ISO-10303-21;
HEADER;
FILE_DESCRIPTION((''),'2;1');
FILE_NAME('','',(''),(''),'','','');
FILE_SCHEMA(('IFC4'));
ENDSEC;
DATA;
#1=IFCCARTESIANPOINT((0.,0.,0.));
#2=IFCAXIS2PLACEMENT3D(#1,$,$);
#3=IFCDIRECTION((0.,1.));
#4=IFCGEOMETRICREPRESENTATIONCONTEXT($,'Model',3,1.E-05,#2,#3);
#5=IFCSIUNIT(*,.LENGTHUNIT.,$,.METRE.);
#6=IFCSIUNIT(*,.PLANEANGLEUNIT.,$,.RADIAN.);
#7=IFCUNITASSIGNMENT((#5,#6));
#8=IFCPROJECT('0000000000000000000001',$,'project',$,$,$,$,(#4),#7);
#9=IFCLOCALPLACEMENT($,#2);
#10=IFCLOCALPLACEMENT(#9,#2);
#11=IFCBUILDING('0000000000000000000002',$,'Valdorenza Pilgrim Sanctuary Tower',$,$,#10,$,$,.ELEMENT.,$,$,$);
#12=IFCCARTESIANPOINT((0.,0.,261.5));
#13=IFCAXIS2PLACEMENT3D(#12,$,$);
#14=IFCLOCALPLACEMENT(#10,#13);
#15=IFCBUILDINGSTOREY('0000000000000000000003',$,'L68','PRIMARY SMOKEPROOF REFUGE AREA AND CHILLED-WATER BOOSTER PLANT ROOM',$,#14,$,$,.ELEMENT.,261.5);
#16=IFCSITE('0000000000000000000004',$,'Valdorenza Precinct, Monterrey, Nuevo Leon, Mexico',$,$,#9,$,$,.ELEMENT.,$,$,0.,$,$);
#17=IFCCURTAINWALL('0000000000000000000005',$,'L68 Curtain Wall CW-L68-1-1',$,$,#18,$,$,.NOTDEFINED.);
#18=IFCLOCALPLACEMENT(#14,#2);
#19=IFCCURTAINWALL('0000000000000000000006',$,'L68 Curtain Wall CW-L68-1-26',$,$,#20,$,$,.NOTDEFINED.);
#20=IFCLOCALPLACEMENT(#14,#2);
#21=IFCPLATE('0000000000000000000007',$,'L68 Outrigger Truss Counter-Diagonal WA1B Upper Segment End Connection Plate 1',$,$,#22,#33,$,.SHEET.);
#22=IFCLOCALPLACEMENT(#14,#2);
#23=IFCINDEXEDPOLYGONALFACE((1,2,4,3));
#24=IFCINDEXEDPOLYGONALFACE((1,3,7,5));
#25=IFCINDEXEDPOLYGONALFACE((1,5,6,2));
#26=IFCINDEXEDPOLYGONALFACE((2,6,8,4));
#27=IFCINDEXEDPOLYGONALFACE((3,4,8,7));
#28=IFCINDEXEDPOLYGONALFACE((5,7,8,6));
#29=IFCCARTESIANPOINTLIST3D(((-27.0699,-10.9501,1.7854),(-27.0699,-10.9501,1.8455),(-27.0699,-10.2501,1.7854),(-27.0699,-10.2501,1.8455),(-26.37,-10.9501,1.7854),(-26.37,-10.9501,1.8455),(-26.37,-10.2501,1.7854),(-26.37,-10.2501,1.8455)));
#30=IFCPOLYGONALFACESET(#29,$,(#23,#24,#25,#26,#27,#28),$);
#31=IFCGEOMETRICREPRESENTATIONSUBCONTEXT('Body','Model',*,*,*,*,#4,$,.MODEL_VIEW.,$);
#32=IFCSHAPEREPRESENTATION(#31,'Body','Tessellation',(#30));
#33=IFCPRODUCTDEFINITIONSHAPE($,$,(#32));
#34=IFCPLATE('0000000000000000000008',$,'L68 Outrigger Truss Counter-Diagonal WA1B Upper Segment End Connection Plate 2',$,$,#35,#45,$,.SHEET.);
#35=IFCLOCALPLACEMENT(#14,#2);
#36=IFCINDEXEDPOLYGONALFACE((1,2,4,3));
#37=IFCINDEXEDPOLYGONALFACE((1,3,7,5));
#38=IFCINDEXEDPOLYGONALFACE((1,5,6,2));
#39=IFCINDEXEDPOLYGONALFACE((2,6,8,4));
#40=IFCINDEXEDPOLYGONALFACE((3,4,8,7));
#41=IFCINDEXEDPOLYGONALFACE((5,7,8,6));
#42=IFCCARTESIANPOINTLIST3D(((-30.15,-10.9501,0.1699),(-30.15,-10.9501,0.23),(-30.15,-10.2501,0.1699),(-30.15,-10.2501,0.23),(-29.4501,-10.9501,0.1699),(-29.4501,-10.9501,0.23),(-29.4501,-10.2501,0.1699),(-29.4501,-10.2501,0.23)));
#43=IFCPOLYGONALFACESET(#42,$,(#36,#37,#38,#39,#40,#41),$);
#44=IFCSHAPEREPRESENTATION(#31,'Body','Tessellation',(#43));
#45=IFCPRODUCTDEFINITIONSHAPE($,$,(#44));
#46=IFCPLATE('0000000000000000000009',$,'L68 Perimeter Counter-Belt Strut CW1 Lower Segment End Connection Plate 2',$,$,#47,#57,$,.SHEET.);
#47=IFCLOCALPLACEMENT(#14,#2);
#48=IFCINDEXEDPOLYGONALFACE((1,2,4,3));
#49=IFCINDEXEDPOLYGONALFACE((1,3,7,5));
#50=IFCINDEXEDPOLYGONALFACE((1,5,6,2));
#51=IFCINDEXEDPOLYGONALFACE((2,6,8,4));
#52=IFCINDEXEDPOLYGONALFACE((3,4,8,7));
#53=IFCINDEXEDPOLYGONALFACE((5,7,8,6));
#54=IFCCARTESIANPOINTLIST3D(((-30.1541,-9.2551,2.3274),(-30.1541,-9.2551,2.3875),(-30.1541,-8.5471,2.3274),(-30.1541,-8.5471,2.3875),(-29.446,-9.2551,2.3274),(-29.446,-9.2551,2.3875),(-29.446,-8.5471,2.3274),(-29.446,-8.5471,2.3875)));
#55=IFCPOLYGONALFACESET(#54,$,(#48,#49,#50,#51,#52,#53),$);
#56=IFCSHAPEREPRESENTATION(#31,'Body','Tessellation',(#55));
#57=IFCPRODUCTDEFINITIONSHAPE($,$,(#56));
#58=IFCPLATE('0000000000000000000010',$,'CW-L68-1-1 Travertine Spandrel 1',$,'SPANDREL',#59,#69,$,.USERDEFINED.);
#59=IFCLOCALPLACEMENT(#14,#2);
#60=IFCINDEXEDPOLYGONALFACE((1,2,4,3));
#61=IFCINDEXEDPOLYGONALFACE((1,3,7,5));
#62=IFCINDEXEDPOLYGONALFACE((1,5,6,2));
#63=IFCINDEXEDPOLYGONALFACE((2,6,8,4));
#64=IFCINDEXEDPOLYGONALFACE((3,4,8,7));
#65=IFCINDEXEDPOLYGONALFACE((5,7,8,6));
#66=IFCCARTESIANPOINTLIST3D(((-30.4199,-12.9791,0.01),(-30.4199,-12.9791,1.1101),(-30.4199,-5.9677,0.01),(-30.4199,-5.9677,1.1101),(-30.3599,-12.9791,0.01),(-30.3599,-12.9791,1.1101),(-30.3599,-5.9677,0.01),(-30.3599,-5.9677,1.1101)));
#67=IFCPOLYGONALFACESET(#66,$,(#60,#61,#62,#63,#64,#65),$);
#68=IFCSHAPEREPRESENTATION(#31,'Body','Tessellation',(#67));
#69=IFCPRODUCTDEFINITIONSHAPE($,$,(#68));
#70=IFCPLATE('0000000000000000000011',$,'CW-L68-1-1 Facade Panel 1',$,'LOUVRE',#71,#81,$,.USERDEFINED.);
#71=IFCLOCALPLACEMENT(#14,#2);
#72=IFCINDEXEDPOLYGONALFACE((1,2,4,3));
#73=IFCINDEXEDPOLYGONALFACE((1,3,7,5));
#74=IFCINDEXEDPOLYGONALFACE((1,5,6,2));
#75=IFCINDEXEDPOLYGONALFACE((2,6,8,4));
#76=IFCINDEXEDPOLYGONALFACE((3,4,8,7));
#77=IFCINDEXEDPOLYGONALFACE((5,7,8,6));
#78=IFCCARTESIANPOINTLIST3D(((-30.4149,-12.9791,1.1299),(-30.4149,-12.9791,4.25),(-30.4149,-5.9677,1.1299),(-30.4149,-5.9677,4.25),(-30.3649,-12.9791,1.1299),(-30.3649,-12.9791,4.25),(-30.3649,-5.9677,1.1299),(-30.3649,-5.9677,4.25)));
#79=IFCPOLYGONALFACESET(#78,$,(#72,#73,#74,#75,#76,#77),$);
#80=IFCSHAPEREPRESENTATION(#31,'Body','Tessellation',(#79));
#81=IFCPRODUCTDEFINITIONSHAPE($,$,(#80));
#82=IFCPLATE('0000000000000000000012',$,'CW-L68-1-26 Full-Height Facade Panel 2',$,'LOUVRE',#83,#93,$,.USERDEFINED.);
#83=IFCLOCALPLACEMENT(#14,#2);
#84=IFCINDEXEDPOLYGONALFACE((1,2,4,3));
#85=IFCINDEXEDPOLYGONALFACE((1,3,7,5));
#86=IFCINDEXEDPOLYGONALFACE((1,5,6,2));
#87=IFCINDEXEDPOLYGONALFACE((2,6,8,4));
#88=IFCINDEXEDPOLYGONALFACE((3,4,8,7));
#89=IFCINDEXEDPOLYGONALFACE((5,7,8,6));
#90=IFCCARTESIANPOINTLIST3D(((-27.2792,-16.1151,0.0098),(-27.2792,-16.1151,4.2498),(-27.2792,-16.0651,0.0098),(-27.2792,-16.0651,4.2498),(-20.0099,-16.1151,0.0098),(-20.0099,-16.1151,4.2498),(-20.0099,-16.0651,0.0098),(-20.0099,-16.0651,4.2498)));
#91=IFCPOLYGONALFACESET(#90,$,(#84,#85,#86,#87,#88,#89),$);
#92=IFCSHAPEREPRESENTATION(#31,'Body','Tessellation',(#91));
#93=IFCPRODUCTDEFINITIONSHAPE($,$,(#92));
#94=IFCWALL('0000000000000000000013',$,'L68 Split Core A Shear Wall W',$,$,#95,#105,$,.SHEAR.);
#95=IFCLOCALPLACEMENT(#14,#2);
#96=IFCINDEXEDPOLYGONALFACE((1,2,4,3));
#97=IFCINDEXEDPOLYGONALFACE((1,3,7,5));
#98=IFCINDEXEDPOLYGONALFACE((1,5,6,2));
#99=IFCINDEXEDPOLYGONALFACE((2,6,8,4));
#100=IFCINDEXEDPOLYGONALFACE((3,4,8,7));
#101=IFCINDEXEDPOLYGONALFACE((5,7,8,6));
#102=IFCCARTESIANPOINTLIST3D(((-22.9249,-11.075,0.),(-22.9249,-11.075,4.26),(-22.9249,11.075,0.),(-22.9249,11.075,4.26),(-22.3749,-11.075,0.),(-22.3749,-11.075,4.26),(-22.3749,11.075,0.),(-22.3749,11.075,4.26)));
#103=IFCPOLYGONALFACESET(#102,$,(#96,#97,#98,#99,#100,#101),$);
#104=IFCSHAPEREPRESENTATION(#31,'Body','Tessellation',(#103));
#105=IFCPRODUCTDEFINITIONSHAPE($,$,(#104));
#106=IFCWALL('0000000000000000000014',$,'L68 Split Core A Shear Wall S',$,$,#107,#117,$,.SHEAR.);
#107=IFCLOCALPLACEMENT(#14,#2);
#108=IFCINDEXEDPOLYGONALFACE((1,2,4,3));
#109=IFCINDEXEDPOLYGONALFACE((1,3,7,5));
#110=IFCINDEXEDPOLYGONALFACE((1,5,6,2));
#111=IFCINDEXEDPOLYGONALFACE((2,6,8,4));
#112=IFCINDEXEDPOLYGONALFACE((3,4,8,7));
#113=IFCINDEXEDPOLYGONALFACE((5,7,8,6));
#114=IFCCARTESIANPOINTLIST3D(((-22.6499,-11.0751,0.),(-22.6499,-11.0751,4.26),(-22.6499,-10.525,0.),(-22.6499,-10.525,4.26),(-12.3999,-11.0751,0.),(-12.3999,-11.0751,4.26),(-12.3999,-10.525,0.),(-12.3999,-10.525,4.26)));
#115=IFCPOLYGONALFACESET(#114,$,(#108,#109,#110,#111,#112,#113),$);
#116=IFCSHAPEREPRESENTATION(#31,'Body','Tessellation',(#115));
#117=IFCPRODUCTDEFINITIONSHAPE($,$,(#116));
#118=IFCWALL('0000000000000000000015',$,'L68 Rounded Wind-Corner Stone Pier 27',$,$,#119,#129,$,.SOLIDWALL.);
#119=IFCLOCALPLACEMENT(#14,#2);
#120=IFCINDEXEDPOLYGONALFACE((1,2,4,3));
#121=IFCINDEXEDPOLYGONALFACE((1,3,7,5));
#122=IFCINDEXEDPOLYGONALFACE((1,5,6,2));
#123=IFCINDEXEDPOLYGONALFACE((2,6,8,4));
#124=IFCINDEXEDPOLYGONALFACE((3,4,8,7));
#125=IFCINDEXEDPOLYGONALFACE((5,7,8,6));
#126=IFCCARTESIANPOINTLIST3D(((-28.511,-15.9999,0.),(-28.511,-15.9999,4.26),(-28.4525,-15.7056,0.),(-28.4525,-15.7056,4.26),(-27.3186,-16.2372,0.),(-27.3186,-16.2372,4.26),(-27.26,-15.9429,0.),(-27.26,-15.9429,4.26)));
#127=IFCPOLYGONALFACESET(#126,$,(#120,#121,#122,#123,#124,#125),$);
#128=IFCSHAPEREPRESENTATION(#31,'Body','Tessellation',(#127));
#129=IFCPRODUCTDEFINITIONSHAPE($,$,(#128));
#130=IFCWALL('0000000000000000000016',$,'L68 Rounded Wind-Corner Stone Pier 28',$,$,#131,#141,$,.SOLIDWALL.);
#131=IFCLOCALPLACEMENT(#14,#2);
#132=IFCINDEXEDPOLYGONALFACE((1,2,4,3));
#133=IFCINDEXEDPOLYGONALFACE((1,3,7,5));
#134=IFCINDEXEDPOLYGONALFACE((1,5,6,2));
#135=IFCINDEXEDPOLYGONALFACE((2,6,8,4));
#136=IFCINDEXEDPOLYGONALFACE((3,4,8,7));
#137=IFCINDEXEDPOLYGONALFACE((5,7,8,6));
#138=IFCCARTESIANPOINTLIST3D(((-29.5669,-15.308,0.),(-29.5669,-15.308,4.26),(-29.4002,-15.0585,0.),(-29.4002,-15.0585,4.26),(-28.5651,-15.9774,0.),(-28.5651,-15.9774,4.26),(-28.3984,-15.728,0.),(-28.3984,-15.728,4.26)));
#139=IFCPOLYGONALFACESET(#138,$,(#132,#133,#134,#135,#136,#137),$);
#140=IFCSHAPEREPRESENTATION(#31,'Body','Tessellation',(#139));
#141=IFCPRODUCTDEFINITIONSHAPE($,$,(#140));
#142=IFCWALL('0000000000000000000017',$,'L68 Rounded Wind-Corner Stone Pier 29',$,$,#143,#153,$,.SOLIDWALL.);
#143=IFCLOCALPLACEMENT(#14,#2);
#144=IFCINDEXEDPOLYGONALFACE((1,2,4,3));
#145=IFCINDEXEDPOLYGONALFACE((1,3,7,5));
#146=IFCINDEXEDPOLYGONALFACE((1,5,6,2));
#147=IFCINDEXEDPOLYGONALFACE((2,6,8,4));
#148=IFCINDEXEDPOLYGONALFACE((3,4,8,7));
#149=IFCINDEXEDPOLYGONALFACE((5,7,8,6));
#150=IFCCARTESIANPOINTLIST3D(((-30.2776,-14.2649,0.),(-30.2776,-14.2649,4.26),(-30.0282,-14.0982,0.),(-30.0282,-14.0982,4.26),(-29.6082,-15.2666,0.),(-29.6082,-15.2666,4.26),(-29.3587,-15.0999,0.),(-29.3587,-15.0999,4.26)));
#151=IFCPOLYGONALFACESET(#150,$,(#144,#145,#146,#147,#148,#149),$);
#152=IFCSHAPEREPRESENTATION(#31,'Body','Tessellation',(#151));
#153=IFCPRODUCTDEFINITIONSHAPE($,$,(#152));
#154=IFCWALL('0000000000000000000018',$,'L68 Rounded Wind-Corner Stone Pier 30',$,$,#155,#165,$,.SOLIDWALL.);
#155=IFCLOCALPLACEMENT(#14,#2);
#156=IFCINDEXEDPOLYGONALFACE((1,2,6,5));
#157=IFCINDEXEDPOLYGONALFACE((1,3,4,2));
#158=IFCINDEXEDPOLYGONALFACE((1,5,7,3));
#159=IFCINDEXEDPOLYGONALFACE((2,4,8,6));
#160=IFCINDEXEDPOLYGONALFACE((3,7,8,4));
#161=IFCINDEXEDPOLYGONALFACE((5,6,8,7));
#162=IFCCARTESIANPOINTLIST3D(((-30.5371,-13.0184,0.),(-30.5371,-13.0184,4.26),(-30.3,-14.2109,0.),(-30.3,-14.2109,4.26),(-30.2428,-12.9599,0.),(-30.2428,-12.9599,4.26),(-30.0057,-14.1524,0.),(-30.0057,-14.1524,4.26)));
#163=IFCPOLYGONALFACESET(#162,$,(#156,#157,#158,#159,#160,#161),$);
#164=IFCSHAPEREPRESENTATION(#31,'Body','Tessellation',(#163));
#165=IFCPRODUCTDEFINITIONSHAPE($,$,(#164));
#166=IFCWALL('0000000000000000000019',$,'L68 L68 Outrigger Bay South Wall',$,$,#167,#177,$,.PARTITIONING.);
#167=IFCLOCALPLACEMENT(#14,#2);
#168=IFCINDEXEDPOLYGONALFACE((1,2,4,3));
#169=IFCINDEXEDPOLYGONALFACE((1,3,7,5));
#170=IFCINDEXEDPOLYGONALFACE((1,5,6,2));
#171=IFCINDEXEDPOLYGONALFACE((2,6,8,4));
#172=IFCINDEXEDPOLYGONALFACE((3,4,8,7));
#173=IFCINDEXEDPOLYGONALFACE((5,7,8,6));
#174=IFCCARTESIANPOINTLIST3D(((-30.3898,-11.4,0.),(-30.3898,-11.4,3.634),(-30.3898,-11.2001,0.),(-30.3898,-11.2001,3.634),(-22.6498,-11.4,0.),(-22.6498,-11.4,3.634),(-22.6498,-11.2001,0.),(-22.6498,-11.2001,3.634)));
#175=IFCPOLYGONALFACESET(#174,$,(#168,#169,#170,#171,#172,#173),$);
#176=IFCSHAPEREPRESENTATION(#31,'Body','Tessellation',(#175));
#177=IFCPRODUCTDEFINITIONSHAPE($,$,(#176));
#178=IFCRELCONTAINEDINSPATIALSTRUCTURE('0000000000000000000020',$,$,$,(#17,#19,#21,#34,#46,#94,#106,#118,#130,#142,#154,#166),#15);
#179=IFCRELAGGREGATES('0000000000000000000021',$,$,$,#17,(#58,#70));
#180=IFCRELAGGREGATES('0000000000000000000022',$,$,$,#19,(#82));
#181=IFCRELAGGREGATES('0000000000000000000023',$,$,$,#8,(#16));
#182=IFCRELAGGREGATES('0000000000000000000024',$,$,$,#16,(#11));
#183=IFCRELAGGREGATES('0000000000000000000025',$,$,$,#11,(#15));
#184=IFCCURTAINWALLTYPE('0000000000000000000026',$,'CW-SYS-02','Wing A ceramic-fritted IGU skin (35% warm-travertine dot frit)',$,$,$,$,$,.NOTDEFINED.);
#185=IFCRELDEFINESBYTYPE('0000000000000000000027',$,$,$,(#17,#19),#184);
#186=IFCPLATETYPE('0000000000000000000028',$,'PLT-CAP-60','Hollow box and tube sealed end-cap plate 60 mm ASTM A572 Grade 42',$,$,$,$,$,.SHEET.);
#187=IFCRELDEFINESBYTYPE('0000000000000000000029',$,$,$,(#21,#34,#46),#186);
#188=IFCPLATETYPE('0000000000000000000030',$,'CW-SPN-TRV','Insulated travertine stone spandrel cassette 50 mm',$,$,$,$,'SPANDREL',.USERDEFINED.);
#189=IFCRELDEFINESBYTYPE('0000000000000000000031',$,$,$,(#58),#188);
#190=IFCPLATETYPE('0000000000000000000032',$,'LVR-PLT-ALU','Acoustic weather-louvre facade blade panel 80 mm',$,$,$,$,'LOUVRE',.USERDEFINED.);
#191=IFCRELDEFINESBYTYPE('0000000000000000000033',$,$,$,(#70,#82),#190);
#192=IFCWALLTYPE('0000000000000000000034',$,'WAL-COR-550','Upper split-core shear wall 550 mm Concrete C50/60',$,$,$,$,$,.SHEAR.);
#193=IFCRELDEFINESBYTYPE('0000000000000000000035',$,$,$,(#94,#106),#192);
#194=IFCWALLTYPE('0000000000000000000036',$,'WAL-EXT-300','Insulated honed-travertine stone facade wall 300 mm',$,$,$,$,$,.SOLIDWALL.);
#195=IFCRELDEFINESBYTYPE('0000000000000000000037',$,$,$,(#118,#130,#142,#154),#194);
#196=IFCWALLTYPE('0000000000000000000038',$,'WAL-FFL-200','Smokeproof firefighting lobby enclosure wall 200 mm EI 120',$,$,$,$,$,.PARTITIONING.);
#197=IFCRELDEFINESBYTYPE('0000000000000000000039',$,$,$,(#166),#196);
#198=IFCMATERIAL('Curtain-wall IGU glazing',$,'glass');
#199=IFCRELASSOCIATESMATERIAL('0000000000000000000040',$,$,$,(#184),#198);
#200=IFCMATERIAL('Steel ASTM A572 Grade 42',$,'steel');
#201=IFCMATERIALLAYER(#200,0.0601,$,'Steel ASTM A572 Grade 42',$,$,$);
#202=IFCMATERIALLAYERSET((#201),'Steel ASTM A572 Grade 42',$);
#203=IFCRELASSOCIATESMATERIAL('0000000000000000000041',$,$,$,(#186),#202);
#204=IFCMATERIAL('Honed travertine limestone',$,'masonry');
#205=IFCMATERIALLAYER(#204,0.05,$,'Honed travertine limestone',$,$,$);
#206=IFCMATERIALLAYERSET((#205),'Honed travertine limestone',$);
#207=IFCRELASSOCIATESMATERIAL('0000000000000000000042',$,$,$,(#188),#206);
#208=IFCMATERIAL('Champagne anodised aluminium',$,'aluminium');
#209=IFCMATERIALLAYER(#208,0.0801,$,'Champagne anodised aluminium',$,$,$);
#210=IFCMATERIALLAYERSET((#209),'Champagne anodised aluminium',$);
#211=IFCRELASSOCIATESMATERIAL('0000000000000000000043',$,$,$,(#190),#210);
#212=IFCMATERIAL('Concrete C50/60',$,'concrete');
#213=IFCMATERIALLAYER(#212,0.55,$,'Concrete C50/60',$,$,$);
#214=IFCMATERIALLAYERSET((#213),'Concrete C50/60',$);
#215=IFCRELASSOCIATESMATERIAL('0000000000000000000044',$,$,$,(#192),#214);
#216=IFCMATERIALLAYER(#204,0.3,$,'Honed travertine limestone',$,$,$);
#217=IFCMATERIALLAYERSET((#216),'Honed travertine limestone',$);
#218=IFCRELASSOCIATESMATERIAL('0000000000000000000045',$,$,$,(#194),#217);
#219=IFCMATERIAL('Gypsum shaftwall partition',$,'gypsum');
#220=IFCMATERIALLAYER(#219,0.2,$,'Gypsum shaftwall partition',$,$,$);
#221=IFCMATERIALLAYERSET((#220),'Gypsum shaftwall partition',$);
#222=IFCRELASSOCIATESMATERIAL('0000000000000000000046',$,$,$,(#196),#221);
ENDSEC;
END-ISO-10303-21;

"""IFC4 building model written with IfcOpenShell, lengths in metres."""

from ifc_helpers import new_model, si_unit, direction, frame, frame_2d, origin, origin_2d, place, context, subcontext, project, spatial, rectangle, extrude, source, transform, mapped, material, layer, layer_set, type_object, element, aggregate, save


model = new_model("IFC4")

# Units and contexts
model_context = context("Model", 3, precision=1e-05, world=origin(), true_north=direction((0.0, 1.0)))
body_context = subcontext(model_context, "Body", "Model", "MODEL_VIEW")
ifc_project = project(units=[si_unit("LENGTHUNIT", "METRE"), si_unit("PLANEANGLEUNIT", "RADIAN")], contexts=[model_context])

# Site, building, storey
site_placement = place(None, origin())
site = spatial("IfcSite", under=ifc_project, at=site_placement, Name="Valdorenza Precinct, Monterrey, Nuevo Leon, Mexico", CompositionType="ELEMENT", RefElevation=0.0)
building_placement = place(site_placement, origin())
building = spatial("IfcBuilding", under=site, at=building_placement, Name="Valdorenza Pilgrim Sanctuary Tower", CompositionType="ELEMENT")
storey_placement = place(building_placement, frame((0.0, 0.0, 261.5)))
storey = spatial("IfcBuildingStorey", under=building, at=storey_placement, Name="L68", Description="PRIMARY SMOKEPROOF REFUGE AREA AND CHILLED-WATER BOOSTER PLANT ROOM", CompositionType="ELEMENT", Elevation=261.5)

# Shared definitions
ifc_material_1 = material(Name="Concrete C50/60", Category="concrete")

# Shared definitions
ifc_material_2 = material(Name="Steel ASTM A572 Grade 42", Category="steel")

# Curtain walls
ifc_material_3 = material(Name="Curtain-wall IGU glazing", Category="glass")
curtain_wall_type = type_object("IfcCurtainWallType", Name="CW-SYS-02", Description="Wing A ceramic-fritted IGU skin (35% warm-travertine dot frit)", PredefinedType="NOTDEFINED", material=ifc_material_3)
curtain_wall_1_placement = place(storey_placement, origin())
curtain_wall_1 = element("IfcCurtainWall", 1, at=curtain_wall_1_placement, inside=storey, type_object=curtain_wall_type, Name="L68 Curtain Wall CW-L68-1-1", PredefinedType="NOTDEFINED")
curtain_wall_2_placement = place(storey_placement, origin())
curtain_wall_2 = element("IfcCurtainWall", 2, at=curtain_wall_2_placement, inside=storey, type_object=curtain_wall_type, Name="L68 Curtain Wall CW-L68-1-26", PredefinedType="NOTDEFINED")

# Plates
ifc_layer_1 = layer(ifc_material_2, 0.0601, Name="Steel ASTM A572 Grade 42")
ifc_layer_set_1 = layer_set([ifc_layer_1], Name="Steel ASTM A572 Grade 42")
plate_type_1 = type_object("IfcPlateType", Name="PLT-CAP-60", Description="Hollow box and tube sealed end-cap plate 60 mm ASTM A572 Grade 42", PredefinedType="SHEET", material=ifc_layer_set_1)
shared_shape_1 = source(origin(), body_context, "Body", "SweptSolid", [
    extrude(rectangle(XDim=0.7, YDim=0.7, at=origin_2d()), origin(), (0.0, 0.0, 1.0), 0.0601),
])
for number, where, z_axis, x_axis, name in (
    (3, (-26.72, -10.6001, 1.7854), (0.0, 0.0, 1.0), (1.0, 0.0, 0.0), "L68 Outrigger Truss Counter-Diagonal WA1B Upper Segment End Connection Plate 1"),
    (4, (-29.8, -10.6001, 0.1699), (0.0, 0.0, 1.0), (1.0, 0.0, 0.0), "L68 Outrigger Truss Counter-Diagonal WA1B Upper Segment End Connection Plate 2"),
):
    element("IfcPlate", number, at=place(storey_placement, frame(where, z_axis=z_axis, x_axis=x_axis)), inside=storey, type_object=plate_type_1, Name=name, PredefinedType="SHEET", context=body_context, shape_type="MappedRepresentation", body=[
        mapped(shared_shape_1, transform((0.0, 0.0, 0.0), x_axis=(1.0, 0.0, 0.0), y_axis=(0.0, 1.0, 0.0), z_axis=(0.0, 0.0, 1.0), scale=1.0)),
    ])
shared_shape_2 = source(origin(), body_context, "Body", "SweptSolid", [
    extrude(rectangle(XDim=0.708, YDim=0.708, at=origin_2d()), origin(), (0.0, 0.0, 1.0), 0.0601),
])
plate_1_placement = place(storey_placement, frame((-29.8, -8.9011, 2.3274), z_axis=(0.0, 0.0, 1.0), x_axis=(1.0, 0.0, 0.0)))
element("IfcPlate", 5, at=plate_1_placement, inside=storey, type_object=plate_type_1, Name="L68 Perimeter Counter-Belt Strut CW1 Lower Segment End Connection Plate 2", PredefinedType="SHEET", context=body_context, shape_type="MappedRepresentation", body=[
    mapped(shared_shape_2, transform((0.0, 0.0, 0.0), x_axis=(1.0, 0.0, 0.0), y_axis=(0.0, 1.0, 0.0), z_axis=(0.0, 0.0, 1.0), scale=1.0)),
])

# Plates
ifc_material_4 = material(Name="Honed travertine limestone", Category="masonry")
ifc_layer_2 = layer(ifc_material_4, 0.05, Name="Honed travertine limestone")
ifc_layer_set_2 = layer_set([ifc_layer_2], Name="Honed travertine limestone")
plate_type_2 = type_object("IfcPlateType", Name="CW-SPN-TRV", Description="Insulated travertine stone spandrel cassette 50 mm", ElementType="SPANDREL", PredefinedType="USERDEFINED", material=ifc_layer_set_2)
shared_shape_3 = source(origin(), body_context, "Body", "SweptSolid", [
    extrude(rectangle(XDim=7.0115, YDim=0.0601, at=origin_2d()), origin(), (0.0, 0.0, 1.0), 1.1001),
])
plate_2_placement = place(storey_placement, frame((-30.3899, -9.4734, 0.01), z_axis=(0.0, 0.0, 1.0), x_axis=(0.0, 1.0, 0.0)))
plate_2 = element("IfcPlate", 6, at=plate_2_placement, type_object=plate_type_2, Name="CW-L68-1-1 Travertine Spandrel 1", ObjectType="SPANDREL", PredefinedType="USERDEFINED", context=body_context, shape_type="MappedRepresentation", body=[
    mapped(shared_shape_3, transform((0.0, 0.0, 0.0), x_axis=(1.0, 0.0, 0.0), y_axis=(0.0, 1.0, 0.0), z_axis=(0.0, 0.0, 1.0), scale=1.0)),
])
ifc_material_5 = material(Name="Champagne anodised aluminium", Category="aluminium")
ifc_layer_3 = layer(ifc_material_5, 0.0801, Name="Champagne anodised aluminium")
ifc_layer_set_3 = layer_set([ifc_layer_3], Name="Champagne anodised aluminium")
plate_type_3 = type_object("IfcPlateType", Name="LVR-PLT-ALU", Description="Acoustic weather-louvre facade blade panel 80 mm", ElementType="LOUVRE", PredefinedType="USERDEFINED", material=ifc_layer_set_3)
shared_shape_4 = source(origin(), body_context, "Body", "SweptSolid", [
    extrude(rectangle(XDim=7.0115, YDim=0.05, at=origin_2d()), origin(), (0.0, 0.0, 1.0), 3.1201),
])
plate_3_placement = place(storey_placement, frame((-30.3899, -9.4734, 1.1299), z_axis=(0.0, 0.0, 1.0), x_axis=(0.0, 1.0, 0.0)))
plate_3 = element("IfcPlate", 7, at=plate_3_placement, type_object=plate_type_3, Name="CW-L68-1-1 Facade Panel 1", ObjectType="LOUVRE", PredefinedType="USERDEFINED", context=body_context, shape_type="MappedRepresentation", body=[
    mapped(shared_shape_4, transform((0.0, 0.0, 0.0), x_axis=(1.0, 0.0, 0.0), y_axis=(0.0, 1.0, 0.0), z_axis=(0.0, 0.0, 1.0), scale=1.0)),
])
aggregate(curtain_wall_1, [plate_2, plate_3])
shared_shape_5 = source(origin(), body_context, "Body", "SweptSolid", [
    extrude(rectangle(XDim=7.2693, YDim=0.05, at=origin_2d()), origin(), (0.0, 0.0, 1.0), 4.24),
])
plate_4_placement = place(storey_placement, frame((-23.6445, -16.0901, 0.0098), z_axis=(0.0, 0.0, 1.0), x_axis=(-1.0, 0.0, 0.0)))
plate_4 = element("IfcPlate", 8, at=plate_4_placement, type_object=plate_type_3, Name="CW-L68-1-26 Full-Height Facade Panel 2", ObjectType="LOUVRE", PredefinedType="USERDEFINED", context=body_context, shape_type="MappedRepresentation", body=[
    mapped(shared_shape_5, transform((0.0, 0.0, 0.0), x_axis=(1.0, 0.0, 0.0), y_axis=(0.0, 1.0, 0.0), z_axis=(0.0, 0.0, 1.0), scale=1.0)),
])
aggregate(curtain_wall_2, [plate_4])

# Walls
ifc_layer_4 = layer(ifc_material_1, 0.55, Name="Concrete C50/60")
ifc_layer_set_4 = layer_set([ifc_layer_4], Name="Concrete C50/60")
wall_type_1 = type_object("IfcWallType", Name="WAL-COR-550", Description="Upper split-core shear wall 550 mm Concrete C50/60", PredefinedType="SHEAR", material=ifc_layer_set_4)
wall_1_placement = place(storey_placement, frame((-22.6499, -11.075, 0.0), z_axis=(0.0, 0.0, 1.0), x_axis=(0.0, 1.0, 0.0)))
element("IfcWall", 9, at=wall_1_placement, inside=storey, type_object=wall_type_1, Name="L68 Split Core A Shear Wall W", PredefinedType="SHEAR", context=body_context, shape_type="SweptSolid", body=[
    extrude(rectangle(XDim=22.1499, YDim=0.55, at=frame_2d((11.075, 0.0))), origin(), (0.0, 0.0, 1.0), 4.26),
])
wall_2_placement = place(storey_placement, frame((-22.6499, -10.8, 0.0), z_axis=(0.0, 0.0, 1.0), x_axis=(1.0, 0.0, 0.0)))
element("IfcWall", 10, at=wall_2_placement, inside=storey, type_object=wall_type_1, Name="L68 Split Core A Shear Wall S", PredefinedType="SHEAR", context=body_context, shape_type="SweptSolid", body=[
    extrude(rectangle(XDim=10.25, YDim=0.55, at=frame_2d((5.125, 0.0))), origin(), (0.0, 0.0, 1.0), 4.26),
])
ifc_layer_5 = layer(ifc_material_4, 0.3, Name="Honed travertine limestone")
ifc_layer_set_5 = layer_set([ifc_layer_5], Name="Honed travertine limestone")
wall_type_2 = type_object("IfcWallType", Name="WAL-EXT-300", Description="Insulated honed-travertine stone facade wall 300 mm", PredefinedType="SOLIDWALL", material=ifc_layer_set_5)
wall_3_placement = place(storey_placement, frame((-27.2893, -16.0901, 0.0), z_axis=(0.0, 0.0, 1.0), x_axis=(-0.980766, 0.195189, 0.0)))
element("IfcWall", 11, at=wall_3_placement, inside=storey, type_object=wall_type_2, Name="L68 Rounded Wind-Corner Stone Pier 27", PredefinedType="SOLIDWALL", context=body_context, shape_type="SweptSolid", body=[
    extrude(rectangle(XDim=1.2158, YDim=0.3, at=frame_2d((0.6079, 0.0))), origin(), (0.0, 0.0, 1.0), 4.26),
])
for number, where, z_axis, x_axis, name in (
    (12, (-28.4817, -15.8528, 0.0), (0.0, 0.0, 1.0), (-0.831426, 0.555635, 0.0), "L68 Rounded Wind-Corner Stone Pier 28"),
    (13, (-29.4834, -15.1833, 0.0), (0.0, 0.0, 1.0), (-0.555635, 0.831426, 0.0), "L68 Rounded Wind-Corner Stone Pier 29"),
):
    element("IfcWall", number, at=place(storey_placement, frame(where, z_axis=z_axis, x_axis=x_axis)), inside=storey, type_object=wall_type_2, Name=name, PredefinedType="SOLIDWALL", context=body_context, shape_type="SweptSolid", body=[
        extrude(rectangle(XDim=1.2048, YDim=0.3, at=frame_2d((0.6025, 0.0))), origin(), (0.0, 0.0, 1.0), 4.26),
    ])
wall_4_placement = place(storey_placement, frame((-30.1528, -14.1816, 0.0), z_axis=(0.0, 0.0, 1.0), x_axis=(-0.194996, 0.980804, 0.0)))
element("IfcWall", 14, at=wall_4_placement, inside=storey, type_object=wall_type_2, Name="L68 Rounded Wind-Corner Stone Pier 30", PredefinedType="SOLIDWALL", context=body_context, shape_type="SweptSolid", body=[
    extrude(rectangle(XDim=1.2158, YDim=0.3, at=frame_2d((0.6079, 0.0))), origin(), (0.0, 0.0, 1.0), 4.26),
])
ifc_material_6 = material(Name="Gypsum shaftwall partition", Category="gypsum")
ifc_layer_6 = layer(ifc_material_6, 0.2, Name="Gypsum shaftwall partition")
ifc_layer_set_6 = layer_set([ifc_layer_6], Name="Gypsum shaftwall partition")
wall_type_3 = type_object("IfcWallType", Name="WAL-FFL-200", Description="Smokeproof firefighting lobby enclosure wall 200 mm EI 120", PredefinedType="PARTITIONING", material=ifc_layer_set_6)
wall_5_placement = place(storey_placement, frame((-30.3899, -11.3, 0.0), z_axis=(0.0, 0.0, 1.0), x_axis=(1.0, 0.0, 0.0)))
element("IfcWall", 15, at=wall_5_placement, inside=storey, type_object=wall_type_3, Name="L68 L68 Outrigger Bay South Wall", PredefinedType="PARTITIONING", context=body_context, shape_type="SweptSolid", body=[
    extrude(rectangle(XDim=7.74, YDim=0.2, at=frame_2d((3.8701, 0.0))), origin(), (0.0, 0.0, 1.0), 3.634),
])

save(model, "model.ifc")
